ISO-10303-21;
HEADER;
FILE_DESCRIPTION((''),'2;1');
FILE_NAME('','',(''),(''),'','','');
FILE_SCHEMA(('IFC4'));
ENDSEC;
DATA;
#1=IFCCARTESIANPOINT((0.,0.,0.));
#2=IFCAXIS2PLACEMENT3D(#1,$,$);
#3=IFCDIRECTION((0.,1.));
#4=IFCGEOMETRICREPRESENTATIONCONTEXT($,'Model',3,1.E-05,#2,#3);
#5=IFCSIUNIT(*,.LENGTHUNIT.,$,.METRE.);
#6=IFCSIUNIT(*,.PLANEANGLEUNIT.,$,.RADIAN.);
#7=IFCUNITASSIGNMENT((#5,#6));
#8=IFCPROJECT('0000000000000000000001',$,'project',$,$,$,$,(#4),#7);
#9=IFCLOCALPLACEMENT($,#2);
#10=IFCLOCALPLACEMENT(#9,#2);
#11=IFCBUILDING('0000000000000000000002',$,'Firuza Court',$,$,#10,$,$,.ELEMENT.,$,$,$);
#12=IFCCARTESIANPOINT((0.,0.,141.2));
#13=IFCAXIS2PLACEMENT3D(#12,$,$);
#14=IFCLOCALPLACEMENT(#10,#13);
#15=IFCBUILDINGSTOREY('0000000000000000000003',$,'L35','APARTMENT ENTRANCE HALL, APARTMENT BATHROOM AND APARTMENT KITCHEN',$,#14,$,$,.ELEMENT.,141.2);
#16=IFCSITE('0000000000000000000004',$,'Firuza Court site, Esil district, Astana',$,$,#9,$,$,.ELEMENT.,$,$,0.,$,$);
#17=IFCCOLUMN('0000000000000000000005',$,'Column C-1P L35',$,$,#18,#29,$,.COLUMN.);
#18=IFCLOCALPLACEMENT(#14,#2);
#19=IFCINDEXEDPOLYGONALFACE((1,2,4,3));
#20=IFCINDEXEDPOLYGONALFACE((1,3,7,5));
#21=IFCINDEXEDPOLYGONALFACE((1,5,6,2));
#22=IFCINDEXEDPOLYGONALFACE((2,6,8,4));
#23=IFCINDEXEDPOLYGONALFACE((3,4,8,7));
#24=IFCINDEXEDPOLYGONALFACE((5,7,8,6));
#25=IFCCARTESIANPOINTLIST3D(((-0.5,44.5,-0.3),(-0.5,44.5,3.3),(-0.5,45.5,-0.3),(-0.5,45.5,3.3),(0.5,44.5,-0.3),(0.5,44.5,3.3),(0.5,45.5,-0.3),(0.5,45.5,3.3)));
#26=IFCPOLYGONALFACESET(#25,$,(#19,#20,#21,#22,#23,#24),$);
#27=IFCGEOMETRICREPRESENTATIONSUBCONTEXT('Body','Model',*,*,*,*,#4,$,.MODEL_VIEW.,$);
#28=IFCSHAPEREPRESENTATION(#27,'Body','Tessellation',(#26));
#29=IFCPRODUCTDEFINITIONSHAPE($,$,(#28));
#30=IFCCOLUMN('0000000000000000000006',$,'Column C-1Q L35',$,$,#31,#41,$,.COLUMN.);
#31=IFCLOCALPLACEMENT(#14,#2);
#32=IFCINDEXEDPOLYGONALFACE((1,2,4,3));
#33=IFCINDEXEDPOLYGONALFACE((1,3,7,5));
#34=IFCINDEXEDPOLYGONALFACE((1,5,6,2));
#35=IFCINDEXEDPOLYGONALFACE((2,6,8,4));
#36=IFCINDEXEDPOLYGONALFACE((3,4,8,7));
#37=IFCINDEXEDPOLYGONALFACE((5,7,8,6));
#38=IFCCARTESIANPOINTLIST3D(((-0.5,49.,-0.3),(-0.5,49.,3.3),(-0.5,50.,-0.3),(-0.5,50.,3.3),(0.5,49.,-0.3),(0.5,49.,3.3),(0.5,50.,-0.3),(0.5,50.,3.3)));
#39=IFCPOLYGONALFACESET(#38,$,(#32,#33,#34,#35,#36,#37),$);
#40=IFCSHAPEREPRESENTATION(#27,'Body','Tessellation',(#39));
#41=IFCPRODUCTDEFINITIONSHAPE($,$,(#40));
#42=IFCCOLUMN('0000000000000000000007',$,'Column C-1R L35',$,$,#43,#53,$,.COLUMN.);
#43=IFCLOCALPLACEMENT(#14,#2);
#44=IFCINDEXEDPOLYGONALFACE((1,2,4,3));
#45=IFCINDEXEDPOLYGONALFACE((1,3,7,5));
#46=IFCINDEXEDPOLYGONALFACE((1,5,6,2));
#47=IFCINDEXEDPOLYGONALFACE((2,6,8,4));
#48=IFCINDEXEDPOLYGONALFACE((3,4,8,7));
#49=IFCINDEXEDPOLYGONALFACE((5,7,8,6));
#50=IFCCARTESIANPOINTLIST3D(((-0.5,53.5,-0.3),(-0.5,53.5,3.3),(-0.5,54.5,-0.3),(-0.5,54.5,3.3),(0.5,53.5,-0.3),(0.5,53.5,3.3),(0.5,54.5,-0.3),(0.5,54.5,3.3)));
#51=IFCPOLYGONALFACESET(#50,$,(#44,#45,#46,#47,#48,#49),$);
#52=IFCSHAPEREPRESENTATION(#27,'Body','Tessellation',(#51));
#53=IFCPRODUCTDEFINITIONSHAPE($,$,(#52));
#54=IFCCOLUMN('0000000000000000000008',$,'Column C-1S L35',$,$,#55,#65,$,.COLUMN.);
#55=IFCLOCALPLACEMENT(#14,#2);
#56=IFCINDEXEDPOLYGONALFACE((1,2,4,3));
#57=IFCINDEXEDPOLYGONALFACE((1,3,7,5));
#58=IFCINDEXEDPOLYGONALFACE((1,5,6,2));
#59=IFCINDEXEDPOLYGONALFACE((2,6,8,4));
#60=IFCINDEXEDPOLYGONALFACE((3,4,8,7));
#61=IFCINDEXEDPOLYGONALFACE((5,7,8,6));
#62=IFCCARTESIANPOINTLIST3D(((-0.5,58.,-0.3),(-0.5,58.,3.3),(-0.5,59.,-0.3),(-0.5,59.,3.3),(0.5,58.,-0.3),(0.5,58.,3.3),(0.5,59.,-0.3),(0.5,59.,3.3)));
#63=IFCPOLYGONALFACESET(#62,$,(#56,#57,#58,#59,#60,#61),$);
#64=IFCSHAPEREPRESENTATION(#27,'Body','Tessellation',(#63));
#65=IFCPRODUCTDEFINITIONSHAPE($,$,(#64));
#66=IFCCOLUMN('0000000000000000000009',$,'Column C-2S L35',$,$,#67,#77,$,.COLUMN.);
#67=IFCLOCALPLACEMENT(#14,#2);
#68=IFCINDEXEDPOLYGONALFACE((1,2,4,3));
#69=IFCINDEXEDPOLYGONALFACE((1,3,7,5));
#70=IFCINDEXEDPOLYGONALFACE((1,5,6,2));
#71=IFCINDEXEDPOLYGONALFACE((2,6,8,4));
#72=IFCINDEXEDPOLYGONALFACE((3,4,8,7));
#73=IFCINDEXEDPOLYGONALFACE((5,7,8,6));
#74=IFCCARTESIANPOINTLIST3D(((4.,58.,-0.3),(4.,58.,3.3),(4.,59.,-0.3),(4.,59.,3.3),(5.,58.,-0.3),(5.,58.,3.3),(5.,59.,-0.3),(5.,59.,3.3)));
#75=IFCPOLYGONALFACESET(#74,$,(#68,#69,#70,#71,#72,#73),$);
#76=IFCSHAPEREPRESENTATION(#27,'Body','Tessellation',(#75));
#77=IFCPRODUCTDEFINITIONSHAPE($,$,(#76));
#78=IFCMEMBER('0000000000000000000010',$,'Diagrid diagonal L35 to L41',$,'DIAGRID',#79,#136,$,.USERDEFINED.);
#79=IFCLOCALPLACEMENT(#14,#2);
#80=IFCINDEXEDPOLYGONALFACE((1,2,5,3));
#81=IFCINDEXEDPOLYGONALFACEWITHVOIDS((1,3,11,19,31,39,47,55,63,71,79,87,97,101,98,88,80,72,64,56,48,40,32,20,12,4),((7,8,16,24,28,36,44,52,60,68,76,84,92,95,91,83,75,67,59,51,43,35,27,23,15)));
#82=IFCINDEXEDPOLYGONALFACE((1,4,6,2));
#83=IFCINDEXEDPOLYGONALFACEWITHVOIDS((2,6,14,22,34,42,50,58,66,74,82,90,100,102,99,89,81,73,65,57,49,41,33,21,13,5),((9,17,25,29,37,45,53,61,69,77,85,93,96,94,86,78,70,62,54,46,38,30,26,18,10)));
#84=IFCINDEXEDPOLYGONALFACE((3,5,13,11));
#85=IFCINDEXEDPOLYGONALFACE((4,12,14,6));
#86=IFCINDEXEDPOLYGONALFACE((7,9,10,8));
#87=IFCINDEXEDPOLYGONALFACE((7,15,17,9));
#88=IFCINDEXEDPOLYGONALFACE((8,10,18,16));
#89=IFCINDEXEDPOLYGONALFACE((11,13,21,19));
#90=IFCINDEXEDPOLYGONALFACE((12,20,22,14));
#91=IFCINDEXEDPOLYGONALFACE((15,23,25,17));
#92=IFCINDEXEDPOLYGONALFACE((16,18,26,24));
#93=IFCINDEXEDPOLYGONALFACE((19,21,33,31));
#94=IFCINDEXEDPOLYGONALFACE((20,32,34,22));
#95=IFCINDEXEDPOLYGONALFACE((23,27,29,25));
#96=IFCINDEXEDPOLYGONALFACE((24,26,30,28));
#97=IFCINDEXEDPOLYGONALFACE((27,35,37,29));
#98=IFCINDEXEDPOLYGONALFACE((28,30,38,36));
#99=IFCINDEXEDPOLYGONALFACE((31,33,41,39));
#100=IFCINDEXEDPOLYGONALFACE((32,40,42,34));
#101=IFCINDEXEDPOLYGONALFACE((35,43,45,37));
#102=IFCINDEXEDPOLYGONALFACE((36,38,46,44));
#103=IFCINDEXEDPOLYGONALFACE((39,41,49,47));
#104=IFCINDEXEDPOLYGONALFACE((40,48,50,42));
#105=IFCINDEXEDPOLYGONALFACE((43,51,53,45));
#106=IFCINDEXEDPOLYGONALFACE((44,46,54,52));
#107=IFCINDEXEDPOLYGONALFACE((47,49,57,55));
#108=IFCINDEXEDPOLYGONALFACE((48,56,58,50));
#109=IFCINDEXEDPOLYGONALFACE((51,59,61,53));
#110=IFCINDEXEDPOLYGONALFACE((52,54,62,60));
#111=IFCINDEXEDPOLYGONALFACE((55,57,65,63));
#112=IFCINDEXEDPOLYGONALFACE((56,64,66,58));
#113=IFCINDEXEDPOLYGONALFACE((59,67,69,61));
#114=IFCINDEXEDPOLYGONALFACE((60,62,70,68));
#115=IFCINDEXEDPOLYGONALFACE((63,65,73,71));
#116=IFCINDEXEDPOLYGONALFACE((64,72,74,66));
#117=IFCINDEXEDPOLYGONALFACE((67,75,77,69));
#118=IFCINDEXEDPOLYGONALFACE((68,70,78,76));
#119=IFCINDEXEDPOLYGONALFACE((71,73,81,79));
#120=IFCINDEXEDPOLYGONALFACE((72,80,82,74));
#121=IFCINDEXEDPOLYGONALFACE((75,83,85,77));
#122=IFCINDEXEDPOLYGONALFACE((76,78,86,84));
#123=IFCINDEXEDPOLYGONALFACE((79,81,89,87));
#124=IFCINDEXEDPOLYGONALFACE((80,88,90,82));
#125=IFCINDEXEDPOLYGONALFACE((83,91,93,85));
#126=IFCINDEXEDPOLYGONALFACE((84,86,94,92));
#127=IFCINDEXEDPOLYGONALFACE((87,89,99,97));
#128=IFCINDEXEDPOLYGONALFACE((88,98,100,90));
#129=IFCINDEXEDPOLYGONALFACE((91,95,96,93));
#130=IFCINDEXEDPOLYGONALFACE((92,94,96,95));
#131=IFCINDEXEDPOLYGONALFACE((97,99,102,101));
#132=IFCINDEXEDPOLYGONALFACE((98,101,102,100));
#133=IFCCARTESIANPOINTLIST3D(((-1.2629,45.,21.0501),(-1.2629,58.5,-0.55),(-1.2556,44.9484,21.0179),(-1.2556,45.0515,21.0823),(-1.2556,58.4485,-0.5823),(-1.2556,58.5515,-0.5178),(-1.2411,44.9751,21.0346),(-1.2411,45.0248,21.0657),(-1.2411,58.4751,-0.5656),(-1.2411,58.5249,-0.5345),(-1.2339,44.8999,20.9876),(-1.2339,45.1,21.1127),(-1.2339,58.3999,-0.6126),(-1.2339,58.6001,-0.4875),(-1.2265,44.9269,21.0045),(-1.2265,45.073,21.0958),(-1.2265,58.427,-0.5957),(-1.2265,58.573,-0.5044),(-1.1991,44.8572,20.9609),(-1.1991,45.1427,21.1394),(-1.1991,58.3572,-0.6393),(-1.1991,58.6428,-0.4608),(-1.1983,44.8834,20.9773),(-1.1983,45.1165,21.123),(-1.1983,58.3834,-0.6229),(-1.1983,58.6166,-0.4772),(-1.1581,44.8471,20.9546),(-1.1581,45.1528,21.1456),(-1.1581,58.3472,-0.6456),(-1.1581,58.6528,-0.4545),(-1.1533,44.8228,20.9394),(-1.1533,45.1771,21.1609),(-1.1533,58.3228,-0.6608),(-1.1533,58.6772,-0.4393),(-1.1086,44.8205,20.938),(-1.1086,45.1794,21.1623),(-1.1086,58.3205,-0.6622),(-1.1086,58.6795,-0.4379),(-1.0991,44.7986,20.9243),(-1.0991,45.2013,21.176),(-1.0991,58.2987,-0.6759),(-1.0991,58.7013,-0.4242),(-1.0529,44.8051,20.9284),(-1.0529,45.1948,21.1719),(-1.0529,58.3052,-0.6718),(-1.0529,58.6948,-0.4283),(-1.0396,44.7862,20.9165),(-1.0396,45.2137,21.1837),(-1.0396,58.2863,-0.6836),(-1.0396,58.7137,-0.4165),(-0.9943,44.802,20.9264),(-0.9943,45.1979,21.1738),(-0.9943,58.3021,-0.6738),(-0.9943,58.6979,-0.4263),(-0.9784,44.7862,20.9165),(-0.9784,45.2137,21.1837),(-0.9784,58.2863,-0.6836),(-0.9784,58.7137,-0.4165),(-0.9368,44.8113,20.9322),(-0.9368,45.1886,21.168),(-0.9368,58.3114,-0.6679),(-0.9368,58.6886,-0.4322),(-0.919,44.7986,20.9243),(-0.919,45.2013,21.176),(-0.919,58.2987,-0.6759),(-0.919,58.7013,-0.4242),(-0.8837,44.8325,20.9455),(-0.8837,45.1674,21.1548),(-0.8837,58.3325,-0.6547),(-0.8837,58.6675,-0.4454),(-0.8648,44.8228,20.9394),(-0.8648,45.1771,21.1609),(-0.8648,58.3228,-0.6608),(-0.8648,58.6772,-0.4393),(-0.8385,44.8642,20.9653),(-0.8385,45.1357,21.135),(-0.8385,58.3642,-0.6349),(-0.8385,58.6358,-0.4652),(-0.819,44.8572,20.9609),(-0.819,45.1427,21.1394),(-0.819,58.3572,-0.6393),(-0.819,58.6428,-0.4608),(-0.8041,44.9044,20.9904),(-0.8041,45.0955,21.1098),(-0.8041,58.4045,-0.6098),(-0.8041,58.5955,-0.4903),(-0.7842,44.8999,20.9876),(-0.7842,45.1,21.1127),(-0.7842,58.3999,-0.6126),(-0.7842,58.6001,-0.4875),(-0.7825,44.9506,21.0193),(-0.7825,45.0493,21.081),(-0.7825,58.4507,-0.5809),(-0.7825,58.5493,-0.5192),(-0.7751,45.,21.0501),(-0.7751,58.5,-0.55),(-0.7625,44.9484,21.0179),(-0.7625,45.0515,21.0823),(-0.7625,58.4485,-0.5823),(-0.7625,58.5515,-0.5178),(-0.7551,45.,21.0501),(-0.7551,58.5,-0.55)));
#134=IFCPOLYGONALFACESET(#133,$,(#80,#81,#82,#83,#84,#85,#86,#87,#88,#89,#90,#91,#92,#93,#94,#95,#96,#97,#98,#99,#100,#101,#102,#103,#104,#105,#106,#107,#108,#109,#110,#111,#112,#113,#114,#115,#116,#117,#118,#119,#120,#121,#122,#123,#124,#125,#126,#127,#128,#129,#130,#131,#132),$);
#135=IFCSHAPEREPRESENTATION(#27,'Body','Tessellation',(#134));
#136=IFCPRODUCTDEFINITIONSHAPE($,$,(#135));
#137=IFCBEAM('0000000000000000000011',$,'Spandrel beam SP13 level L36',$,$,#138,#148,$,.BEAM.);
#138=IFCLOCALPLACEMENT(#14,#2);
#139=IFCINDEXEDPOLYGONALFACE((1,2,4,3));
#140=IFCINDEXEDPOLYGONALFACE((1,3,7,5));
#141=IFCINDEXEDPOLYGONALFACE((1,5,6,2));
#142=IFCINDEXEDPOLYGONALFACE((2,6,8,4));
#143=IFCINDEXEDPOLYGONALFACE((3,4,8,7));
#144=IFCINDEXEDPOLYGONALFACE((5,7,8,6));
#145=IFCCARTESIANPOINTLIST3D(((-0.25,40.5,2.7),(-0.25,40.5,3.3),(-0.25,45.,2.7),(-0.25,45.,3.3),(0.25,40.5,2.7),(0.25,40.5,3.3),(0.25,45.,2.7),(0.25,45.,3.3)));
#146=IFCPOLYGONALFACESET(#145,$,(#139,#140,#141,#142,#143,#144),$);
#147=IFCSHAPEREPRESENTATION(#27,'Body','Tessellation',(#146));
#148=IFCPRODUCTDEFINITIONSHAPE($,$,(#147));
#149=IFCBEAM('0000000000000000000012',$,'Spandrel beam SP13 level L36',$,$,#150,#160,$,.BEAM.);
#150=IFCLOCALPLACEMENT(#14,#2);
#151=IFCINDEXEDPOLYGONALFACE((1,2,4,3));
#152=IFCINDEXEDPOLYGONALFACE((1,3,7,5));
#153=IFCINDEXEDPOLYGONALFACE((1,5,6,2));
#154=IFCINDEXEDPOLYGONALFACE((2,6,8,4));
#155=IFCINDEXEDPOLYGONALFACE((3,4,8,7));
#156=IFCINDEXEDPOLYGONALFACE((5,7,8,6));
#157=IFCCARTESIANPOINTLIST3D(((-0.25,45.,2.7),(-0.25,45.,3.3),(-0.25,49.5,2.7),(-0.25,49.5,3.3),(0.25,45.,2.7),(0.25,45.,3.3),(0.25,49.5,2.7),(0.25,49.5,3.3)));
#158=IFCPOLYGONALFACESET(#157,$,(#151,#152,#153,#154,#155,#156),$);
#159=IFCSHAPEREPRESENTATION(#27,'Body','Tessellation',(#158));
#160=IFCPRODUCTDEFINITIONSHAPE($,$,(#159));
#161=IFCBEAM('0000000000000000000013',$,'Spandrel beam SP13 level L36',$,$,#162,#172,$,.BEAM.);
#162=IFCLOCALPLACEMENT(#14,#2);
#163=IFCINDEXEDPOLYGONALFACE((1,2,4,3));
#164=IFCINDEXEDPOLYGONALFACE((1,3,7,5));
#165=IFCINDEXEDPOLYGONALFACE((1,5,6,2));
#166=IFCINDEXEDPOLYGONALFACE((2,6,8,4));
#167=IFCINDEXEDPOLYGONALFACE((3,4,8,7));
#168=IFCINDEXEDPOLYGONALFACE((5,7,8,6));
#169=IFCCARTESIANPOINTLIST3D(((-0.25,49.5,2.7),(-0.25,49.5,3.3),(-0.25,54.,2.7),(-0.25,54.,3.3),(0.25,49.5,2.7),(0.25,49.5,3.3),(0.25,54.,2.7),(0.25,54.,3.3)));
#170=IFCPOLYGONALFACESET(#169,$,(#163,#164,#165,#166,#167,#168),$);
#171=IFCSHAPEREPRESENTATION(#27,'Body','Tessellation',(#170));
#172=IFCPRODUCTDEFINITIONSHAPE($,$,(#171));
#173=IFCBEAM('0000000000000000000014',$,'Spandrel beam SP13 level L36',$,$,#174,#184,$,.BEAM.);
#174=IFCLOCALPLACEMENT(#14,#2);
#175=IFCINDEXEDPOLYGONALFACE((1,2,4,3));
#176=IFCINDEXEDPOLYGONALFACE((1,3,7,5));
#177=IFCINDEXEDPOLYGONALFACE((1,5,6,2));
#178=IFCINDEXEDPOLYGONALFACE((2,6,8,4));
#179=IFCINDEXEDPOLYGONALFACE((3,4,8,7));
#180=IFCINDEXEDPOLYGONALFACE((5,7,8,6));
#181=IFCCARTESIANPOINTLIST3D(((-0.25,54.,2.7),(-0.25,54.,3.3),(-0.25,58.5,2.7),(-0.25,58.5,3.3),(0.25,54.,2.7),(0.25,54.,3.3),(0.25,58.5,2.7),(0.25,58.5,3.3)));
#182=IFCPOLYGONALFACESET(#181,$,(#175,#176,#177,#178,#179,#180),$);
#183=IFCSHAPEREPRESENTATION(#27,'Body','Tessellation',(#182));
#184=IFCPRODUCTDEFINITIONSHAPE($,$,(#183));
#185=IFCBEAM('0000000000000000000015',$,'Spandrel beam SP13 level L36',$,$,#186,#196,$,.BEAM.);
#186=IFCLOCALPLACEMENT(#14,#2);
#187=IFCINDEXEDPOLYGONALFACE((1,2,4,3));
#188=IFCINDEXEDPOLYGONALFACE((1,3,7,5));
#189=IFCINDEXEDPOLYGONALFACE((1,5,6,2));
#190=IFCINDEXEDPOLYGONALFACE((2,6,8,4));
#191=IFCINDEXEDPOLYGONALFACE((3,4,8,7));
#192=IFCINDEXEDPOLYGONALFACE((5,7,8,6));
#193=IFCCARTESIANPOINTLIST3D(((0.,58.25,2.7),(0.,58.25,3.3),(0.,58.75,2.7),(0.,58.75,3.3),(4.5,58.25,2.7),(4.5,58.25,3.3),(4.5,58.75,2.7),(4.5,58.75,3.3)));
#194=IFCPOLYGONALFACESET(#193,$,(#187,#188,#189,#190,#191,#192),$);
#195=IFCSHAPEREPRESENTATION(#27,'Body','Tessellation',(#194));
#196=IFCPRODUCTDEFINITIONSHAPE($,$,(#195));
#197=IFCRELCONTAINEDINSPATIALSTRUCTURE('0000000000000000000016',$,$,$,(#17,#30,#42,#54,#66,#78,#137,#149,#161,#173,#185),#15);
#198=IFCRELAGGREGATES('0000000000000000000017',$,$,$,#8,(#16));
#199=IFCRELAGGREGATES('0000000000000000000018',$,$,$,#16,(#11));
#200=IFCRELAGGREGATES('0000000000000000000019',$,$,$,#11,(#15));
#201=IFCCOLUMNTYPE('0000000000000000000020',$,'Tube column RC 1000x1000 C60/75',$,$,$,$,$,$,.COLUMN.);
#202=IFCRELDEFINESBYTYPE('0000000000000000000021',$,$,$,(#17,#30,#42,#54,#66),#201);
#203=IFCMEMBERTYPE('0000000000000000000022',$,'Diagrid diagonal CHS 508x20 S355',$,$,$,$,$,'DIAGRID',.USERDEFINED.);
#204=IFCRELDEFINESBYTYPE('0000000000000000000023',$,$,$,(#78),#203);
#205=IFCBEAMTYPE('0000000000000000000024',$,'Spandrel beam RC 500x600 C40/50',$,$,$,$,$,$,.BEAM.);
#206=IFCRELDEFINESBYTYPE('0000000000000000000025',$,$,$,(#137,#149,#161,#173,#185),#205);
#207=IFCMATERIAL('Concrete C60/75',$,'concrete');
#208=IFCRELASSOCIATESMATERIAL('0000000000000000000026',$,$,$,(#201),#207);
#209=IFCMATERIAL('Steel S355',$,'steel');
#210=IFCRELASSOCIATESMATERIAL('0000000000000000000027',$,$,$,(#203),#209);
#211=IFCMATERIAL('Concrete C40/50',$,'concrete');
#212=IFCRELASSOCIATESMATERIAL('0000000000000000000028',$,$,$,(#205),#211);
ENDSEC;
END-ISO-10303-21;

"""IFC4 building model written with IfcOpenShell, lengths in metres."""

from ifc_helpers import new_model, si_unit, direction, frame, origin, origin_2d, place, context, subcontext, project, spatial, rectangle, hollow_circle, extrude, material, material_profile, profile_set, type_object, element, save


model = new_model("IFC4")

# Units and contexts
model_context = context("Model", 3, precision=1e-05, world=origin(), true_north=direction((0.0, 1.0)))
body_context = subcontext(model_context, "Body", "Model", "MODEL_VIEW")
ifc_project = project(units=[si_unit("LENGTHUNIT", "METRE"), si_unit("PLANEANGLEUNIT", "RADIAN")], contexts=[model_context])

# Site, building, storey
site_placement = place(None, origin())
site = spatial("IfcSite", under=ifc_project, at=site_placement, Name="Firuza Court site, Esil district, Astana", CompositionType="ELEMENT", RefElevation=0.0)
building_placement = place(site_placement, origin())
building = spatial("IfcBuilding", under=site, at=building_placement, Name="Firuza Court", CompositionType="ELEMENT")
storey_placement = place(building_placement, frame((0.0, 0.0, 141.2)))
storey = spatial("IfcBuildingStorey", under=building, at=storey_placement, Name="L35", Description="APARTMENT ENTRANCE HALL, APARTMENT BATHROOM AND APARTMENT KITCHEN", CompositionType="ELEMENT", Elevation=141.2)

# Columns
ifc_material_1 = material(Name="Concrete C60/75", Category="concrete")
ifc_material_profile_1 = material_profile(ifc_material_1, rectangle(XDim=1.0, YDim=1.0, at=origin_2d()), Name="RC 1000x1000")
ifc_profile_set_1 = profile_set([ifc_material_profile_1], Name="Concrete C60/75")
column_type = type_object("IfcColumnType", Name="Tube column RC 1000x1000 C60/75", PredefinedType="COLUMN", material=ifc_profile_set_1)
for number, where, z_axis, x_axis, name in (
    (1, (0.0, 45.0, -0.3), (0.0, 0.0, 1.0), (1.0, 0.0, 0.0), "Column C-1P L35"),
    (2, (0.0, 49.5, -0.3), (0.0, 0.0, 1.0), (1.0, 0.0, 0.0), "Column C-1Q L35"),
    (3, (0.0, 54.0, -0.3), (0.0, 0.0, 1.0), (1.0, 0.0, 0.0), "Column C-1R L35"),
    (4, (0.0, 58.5, -0.3), (0.0, 0.0, 1.0), (1.0, 0.0, 0.0), "Column C-1S L35"),
    (5, (4.5, 58.5, -0.3), (0.0, 0.0, 1.0), (1.0, 0.0, 0.0), "Column C-2S L35"),
):
    element("IfcColumn", number, at=place(storey_placement, frame(where, z_axis=z_axis, x_axis=x_axis)), inside=storey, type_object=column_type, Name=name, PredefinedType="COLUMN", context=body_context, shape_type="SweptSolid", body=[
        extrude(rectangle(XDim=1.0, YDim=1.0, at=origin_2d()), origin(), (0.0, 0.0, 1.0), 3.6001),
    ])

# Member
ifc_material_2 = material(Name="Steel S355", Category="steel")
ifc_material_profile_2 = material_profile(ifc_material_2, hollow_circle(Radius=0.2539, WallThickness=0.02, at=origin_2d()), Name="CHS 508x20")
ifc_profile_set_2 = profile_set([ifc_material_profile_2], Name="Steel S355")
member_type = type_object("IfcMemberType", Name="Diagrid diagonal CHS 508x20 S355", ElementType="DIAGRID", PredefinedType="USERDEFINED", material=ifc_profile_set_2)
member_placement = place(storey_placement, frame((-1.009, 58.5, -0.55), z_axis=(0.0, -0.529997, 0.847999), x_axis=(1.0, 0.0, 0.0)))
element("IfcMember", 6, at=member_placement, inside=storey, type_object=member_type, Name="Diagrid diagonal L35 to L41", ObjectType="DIAGRID", PredefinedType="USERDEFINED", context=body_context, shape_type="SweptSolid", body=[
    extrude(hollow_circle(Radius=0.2539, WallThickness=0.02, at=origin_2d()), origin(), (0.0, 0.0, 1.0), 25.4719),
])

# Beams
ifc_material_3 = material(Name="Concrete C40/50", Category="concrete")
ifc_material_profile_3 = material_profile(ifc_material_3, rectangle(XDim=0.5, YDim=0.6001, at=origin_2d()), Name="RC 500x600")
ifc_profile_set_3 = profile_set([ifc_material_profile_3], Name="Concrete C40/50")
beam_type = type_object("IfcBeamType", Name="Spandrel beam RC 500x600 C40/50", PredefinedType="BEAM", material=ifc_profile_set_3)
for number, where, z_axis, x_axis, name in (
    (7, (0.0, 45.0, 3.0), (0.0, -1.0, 0.0), (1.0, 0.0, 0.0), "Spandrel beam SP13 level L36"),
    (8, (0.0, 49.5, 3.0), (0.0, -1.0, 0.0), (1.0, 0.0, 0.0), "Spandrel beam SP13 level L36"),
    (9, (0.0, 54.0, 3.0), (0.0, -1.0, 0.0), (1.0, 0.0, 0.0), "Spandrel beam SP13 level L36"),
    (10, (0.0, 58.5, 3.0), (0.0, -1.0, 0.0), (1.0, 0.0, 0.0), "Spandrel beam SP13 level L36"),
    (11, (4.5, 58.5, 3.0), (-1.0, 0.0, 0.0), (0.0, -1.0, 0.0), "Spandrel beam SP13 level L36"),
):
    element("IfcBeam", number, at=place(storey_placement, frame(where, z_axis=z_axis, x_axis=x_axis)), inside=storey, type_object=beam_type, Name=name, PredefinedType="BEAM", context=body_context, shape_type="SweptSolid", body=[
        extrude(rectangle(XDim=0.5, YDim=0.6001, at=origin_2d()), origin(), (0.0, 0.0, 1.0), 4.5),
    ])

save(model, "model.ifc")
